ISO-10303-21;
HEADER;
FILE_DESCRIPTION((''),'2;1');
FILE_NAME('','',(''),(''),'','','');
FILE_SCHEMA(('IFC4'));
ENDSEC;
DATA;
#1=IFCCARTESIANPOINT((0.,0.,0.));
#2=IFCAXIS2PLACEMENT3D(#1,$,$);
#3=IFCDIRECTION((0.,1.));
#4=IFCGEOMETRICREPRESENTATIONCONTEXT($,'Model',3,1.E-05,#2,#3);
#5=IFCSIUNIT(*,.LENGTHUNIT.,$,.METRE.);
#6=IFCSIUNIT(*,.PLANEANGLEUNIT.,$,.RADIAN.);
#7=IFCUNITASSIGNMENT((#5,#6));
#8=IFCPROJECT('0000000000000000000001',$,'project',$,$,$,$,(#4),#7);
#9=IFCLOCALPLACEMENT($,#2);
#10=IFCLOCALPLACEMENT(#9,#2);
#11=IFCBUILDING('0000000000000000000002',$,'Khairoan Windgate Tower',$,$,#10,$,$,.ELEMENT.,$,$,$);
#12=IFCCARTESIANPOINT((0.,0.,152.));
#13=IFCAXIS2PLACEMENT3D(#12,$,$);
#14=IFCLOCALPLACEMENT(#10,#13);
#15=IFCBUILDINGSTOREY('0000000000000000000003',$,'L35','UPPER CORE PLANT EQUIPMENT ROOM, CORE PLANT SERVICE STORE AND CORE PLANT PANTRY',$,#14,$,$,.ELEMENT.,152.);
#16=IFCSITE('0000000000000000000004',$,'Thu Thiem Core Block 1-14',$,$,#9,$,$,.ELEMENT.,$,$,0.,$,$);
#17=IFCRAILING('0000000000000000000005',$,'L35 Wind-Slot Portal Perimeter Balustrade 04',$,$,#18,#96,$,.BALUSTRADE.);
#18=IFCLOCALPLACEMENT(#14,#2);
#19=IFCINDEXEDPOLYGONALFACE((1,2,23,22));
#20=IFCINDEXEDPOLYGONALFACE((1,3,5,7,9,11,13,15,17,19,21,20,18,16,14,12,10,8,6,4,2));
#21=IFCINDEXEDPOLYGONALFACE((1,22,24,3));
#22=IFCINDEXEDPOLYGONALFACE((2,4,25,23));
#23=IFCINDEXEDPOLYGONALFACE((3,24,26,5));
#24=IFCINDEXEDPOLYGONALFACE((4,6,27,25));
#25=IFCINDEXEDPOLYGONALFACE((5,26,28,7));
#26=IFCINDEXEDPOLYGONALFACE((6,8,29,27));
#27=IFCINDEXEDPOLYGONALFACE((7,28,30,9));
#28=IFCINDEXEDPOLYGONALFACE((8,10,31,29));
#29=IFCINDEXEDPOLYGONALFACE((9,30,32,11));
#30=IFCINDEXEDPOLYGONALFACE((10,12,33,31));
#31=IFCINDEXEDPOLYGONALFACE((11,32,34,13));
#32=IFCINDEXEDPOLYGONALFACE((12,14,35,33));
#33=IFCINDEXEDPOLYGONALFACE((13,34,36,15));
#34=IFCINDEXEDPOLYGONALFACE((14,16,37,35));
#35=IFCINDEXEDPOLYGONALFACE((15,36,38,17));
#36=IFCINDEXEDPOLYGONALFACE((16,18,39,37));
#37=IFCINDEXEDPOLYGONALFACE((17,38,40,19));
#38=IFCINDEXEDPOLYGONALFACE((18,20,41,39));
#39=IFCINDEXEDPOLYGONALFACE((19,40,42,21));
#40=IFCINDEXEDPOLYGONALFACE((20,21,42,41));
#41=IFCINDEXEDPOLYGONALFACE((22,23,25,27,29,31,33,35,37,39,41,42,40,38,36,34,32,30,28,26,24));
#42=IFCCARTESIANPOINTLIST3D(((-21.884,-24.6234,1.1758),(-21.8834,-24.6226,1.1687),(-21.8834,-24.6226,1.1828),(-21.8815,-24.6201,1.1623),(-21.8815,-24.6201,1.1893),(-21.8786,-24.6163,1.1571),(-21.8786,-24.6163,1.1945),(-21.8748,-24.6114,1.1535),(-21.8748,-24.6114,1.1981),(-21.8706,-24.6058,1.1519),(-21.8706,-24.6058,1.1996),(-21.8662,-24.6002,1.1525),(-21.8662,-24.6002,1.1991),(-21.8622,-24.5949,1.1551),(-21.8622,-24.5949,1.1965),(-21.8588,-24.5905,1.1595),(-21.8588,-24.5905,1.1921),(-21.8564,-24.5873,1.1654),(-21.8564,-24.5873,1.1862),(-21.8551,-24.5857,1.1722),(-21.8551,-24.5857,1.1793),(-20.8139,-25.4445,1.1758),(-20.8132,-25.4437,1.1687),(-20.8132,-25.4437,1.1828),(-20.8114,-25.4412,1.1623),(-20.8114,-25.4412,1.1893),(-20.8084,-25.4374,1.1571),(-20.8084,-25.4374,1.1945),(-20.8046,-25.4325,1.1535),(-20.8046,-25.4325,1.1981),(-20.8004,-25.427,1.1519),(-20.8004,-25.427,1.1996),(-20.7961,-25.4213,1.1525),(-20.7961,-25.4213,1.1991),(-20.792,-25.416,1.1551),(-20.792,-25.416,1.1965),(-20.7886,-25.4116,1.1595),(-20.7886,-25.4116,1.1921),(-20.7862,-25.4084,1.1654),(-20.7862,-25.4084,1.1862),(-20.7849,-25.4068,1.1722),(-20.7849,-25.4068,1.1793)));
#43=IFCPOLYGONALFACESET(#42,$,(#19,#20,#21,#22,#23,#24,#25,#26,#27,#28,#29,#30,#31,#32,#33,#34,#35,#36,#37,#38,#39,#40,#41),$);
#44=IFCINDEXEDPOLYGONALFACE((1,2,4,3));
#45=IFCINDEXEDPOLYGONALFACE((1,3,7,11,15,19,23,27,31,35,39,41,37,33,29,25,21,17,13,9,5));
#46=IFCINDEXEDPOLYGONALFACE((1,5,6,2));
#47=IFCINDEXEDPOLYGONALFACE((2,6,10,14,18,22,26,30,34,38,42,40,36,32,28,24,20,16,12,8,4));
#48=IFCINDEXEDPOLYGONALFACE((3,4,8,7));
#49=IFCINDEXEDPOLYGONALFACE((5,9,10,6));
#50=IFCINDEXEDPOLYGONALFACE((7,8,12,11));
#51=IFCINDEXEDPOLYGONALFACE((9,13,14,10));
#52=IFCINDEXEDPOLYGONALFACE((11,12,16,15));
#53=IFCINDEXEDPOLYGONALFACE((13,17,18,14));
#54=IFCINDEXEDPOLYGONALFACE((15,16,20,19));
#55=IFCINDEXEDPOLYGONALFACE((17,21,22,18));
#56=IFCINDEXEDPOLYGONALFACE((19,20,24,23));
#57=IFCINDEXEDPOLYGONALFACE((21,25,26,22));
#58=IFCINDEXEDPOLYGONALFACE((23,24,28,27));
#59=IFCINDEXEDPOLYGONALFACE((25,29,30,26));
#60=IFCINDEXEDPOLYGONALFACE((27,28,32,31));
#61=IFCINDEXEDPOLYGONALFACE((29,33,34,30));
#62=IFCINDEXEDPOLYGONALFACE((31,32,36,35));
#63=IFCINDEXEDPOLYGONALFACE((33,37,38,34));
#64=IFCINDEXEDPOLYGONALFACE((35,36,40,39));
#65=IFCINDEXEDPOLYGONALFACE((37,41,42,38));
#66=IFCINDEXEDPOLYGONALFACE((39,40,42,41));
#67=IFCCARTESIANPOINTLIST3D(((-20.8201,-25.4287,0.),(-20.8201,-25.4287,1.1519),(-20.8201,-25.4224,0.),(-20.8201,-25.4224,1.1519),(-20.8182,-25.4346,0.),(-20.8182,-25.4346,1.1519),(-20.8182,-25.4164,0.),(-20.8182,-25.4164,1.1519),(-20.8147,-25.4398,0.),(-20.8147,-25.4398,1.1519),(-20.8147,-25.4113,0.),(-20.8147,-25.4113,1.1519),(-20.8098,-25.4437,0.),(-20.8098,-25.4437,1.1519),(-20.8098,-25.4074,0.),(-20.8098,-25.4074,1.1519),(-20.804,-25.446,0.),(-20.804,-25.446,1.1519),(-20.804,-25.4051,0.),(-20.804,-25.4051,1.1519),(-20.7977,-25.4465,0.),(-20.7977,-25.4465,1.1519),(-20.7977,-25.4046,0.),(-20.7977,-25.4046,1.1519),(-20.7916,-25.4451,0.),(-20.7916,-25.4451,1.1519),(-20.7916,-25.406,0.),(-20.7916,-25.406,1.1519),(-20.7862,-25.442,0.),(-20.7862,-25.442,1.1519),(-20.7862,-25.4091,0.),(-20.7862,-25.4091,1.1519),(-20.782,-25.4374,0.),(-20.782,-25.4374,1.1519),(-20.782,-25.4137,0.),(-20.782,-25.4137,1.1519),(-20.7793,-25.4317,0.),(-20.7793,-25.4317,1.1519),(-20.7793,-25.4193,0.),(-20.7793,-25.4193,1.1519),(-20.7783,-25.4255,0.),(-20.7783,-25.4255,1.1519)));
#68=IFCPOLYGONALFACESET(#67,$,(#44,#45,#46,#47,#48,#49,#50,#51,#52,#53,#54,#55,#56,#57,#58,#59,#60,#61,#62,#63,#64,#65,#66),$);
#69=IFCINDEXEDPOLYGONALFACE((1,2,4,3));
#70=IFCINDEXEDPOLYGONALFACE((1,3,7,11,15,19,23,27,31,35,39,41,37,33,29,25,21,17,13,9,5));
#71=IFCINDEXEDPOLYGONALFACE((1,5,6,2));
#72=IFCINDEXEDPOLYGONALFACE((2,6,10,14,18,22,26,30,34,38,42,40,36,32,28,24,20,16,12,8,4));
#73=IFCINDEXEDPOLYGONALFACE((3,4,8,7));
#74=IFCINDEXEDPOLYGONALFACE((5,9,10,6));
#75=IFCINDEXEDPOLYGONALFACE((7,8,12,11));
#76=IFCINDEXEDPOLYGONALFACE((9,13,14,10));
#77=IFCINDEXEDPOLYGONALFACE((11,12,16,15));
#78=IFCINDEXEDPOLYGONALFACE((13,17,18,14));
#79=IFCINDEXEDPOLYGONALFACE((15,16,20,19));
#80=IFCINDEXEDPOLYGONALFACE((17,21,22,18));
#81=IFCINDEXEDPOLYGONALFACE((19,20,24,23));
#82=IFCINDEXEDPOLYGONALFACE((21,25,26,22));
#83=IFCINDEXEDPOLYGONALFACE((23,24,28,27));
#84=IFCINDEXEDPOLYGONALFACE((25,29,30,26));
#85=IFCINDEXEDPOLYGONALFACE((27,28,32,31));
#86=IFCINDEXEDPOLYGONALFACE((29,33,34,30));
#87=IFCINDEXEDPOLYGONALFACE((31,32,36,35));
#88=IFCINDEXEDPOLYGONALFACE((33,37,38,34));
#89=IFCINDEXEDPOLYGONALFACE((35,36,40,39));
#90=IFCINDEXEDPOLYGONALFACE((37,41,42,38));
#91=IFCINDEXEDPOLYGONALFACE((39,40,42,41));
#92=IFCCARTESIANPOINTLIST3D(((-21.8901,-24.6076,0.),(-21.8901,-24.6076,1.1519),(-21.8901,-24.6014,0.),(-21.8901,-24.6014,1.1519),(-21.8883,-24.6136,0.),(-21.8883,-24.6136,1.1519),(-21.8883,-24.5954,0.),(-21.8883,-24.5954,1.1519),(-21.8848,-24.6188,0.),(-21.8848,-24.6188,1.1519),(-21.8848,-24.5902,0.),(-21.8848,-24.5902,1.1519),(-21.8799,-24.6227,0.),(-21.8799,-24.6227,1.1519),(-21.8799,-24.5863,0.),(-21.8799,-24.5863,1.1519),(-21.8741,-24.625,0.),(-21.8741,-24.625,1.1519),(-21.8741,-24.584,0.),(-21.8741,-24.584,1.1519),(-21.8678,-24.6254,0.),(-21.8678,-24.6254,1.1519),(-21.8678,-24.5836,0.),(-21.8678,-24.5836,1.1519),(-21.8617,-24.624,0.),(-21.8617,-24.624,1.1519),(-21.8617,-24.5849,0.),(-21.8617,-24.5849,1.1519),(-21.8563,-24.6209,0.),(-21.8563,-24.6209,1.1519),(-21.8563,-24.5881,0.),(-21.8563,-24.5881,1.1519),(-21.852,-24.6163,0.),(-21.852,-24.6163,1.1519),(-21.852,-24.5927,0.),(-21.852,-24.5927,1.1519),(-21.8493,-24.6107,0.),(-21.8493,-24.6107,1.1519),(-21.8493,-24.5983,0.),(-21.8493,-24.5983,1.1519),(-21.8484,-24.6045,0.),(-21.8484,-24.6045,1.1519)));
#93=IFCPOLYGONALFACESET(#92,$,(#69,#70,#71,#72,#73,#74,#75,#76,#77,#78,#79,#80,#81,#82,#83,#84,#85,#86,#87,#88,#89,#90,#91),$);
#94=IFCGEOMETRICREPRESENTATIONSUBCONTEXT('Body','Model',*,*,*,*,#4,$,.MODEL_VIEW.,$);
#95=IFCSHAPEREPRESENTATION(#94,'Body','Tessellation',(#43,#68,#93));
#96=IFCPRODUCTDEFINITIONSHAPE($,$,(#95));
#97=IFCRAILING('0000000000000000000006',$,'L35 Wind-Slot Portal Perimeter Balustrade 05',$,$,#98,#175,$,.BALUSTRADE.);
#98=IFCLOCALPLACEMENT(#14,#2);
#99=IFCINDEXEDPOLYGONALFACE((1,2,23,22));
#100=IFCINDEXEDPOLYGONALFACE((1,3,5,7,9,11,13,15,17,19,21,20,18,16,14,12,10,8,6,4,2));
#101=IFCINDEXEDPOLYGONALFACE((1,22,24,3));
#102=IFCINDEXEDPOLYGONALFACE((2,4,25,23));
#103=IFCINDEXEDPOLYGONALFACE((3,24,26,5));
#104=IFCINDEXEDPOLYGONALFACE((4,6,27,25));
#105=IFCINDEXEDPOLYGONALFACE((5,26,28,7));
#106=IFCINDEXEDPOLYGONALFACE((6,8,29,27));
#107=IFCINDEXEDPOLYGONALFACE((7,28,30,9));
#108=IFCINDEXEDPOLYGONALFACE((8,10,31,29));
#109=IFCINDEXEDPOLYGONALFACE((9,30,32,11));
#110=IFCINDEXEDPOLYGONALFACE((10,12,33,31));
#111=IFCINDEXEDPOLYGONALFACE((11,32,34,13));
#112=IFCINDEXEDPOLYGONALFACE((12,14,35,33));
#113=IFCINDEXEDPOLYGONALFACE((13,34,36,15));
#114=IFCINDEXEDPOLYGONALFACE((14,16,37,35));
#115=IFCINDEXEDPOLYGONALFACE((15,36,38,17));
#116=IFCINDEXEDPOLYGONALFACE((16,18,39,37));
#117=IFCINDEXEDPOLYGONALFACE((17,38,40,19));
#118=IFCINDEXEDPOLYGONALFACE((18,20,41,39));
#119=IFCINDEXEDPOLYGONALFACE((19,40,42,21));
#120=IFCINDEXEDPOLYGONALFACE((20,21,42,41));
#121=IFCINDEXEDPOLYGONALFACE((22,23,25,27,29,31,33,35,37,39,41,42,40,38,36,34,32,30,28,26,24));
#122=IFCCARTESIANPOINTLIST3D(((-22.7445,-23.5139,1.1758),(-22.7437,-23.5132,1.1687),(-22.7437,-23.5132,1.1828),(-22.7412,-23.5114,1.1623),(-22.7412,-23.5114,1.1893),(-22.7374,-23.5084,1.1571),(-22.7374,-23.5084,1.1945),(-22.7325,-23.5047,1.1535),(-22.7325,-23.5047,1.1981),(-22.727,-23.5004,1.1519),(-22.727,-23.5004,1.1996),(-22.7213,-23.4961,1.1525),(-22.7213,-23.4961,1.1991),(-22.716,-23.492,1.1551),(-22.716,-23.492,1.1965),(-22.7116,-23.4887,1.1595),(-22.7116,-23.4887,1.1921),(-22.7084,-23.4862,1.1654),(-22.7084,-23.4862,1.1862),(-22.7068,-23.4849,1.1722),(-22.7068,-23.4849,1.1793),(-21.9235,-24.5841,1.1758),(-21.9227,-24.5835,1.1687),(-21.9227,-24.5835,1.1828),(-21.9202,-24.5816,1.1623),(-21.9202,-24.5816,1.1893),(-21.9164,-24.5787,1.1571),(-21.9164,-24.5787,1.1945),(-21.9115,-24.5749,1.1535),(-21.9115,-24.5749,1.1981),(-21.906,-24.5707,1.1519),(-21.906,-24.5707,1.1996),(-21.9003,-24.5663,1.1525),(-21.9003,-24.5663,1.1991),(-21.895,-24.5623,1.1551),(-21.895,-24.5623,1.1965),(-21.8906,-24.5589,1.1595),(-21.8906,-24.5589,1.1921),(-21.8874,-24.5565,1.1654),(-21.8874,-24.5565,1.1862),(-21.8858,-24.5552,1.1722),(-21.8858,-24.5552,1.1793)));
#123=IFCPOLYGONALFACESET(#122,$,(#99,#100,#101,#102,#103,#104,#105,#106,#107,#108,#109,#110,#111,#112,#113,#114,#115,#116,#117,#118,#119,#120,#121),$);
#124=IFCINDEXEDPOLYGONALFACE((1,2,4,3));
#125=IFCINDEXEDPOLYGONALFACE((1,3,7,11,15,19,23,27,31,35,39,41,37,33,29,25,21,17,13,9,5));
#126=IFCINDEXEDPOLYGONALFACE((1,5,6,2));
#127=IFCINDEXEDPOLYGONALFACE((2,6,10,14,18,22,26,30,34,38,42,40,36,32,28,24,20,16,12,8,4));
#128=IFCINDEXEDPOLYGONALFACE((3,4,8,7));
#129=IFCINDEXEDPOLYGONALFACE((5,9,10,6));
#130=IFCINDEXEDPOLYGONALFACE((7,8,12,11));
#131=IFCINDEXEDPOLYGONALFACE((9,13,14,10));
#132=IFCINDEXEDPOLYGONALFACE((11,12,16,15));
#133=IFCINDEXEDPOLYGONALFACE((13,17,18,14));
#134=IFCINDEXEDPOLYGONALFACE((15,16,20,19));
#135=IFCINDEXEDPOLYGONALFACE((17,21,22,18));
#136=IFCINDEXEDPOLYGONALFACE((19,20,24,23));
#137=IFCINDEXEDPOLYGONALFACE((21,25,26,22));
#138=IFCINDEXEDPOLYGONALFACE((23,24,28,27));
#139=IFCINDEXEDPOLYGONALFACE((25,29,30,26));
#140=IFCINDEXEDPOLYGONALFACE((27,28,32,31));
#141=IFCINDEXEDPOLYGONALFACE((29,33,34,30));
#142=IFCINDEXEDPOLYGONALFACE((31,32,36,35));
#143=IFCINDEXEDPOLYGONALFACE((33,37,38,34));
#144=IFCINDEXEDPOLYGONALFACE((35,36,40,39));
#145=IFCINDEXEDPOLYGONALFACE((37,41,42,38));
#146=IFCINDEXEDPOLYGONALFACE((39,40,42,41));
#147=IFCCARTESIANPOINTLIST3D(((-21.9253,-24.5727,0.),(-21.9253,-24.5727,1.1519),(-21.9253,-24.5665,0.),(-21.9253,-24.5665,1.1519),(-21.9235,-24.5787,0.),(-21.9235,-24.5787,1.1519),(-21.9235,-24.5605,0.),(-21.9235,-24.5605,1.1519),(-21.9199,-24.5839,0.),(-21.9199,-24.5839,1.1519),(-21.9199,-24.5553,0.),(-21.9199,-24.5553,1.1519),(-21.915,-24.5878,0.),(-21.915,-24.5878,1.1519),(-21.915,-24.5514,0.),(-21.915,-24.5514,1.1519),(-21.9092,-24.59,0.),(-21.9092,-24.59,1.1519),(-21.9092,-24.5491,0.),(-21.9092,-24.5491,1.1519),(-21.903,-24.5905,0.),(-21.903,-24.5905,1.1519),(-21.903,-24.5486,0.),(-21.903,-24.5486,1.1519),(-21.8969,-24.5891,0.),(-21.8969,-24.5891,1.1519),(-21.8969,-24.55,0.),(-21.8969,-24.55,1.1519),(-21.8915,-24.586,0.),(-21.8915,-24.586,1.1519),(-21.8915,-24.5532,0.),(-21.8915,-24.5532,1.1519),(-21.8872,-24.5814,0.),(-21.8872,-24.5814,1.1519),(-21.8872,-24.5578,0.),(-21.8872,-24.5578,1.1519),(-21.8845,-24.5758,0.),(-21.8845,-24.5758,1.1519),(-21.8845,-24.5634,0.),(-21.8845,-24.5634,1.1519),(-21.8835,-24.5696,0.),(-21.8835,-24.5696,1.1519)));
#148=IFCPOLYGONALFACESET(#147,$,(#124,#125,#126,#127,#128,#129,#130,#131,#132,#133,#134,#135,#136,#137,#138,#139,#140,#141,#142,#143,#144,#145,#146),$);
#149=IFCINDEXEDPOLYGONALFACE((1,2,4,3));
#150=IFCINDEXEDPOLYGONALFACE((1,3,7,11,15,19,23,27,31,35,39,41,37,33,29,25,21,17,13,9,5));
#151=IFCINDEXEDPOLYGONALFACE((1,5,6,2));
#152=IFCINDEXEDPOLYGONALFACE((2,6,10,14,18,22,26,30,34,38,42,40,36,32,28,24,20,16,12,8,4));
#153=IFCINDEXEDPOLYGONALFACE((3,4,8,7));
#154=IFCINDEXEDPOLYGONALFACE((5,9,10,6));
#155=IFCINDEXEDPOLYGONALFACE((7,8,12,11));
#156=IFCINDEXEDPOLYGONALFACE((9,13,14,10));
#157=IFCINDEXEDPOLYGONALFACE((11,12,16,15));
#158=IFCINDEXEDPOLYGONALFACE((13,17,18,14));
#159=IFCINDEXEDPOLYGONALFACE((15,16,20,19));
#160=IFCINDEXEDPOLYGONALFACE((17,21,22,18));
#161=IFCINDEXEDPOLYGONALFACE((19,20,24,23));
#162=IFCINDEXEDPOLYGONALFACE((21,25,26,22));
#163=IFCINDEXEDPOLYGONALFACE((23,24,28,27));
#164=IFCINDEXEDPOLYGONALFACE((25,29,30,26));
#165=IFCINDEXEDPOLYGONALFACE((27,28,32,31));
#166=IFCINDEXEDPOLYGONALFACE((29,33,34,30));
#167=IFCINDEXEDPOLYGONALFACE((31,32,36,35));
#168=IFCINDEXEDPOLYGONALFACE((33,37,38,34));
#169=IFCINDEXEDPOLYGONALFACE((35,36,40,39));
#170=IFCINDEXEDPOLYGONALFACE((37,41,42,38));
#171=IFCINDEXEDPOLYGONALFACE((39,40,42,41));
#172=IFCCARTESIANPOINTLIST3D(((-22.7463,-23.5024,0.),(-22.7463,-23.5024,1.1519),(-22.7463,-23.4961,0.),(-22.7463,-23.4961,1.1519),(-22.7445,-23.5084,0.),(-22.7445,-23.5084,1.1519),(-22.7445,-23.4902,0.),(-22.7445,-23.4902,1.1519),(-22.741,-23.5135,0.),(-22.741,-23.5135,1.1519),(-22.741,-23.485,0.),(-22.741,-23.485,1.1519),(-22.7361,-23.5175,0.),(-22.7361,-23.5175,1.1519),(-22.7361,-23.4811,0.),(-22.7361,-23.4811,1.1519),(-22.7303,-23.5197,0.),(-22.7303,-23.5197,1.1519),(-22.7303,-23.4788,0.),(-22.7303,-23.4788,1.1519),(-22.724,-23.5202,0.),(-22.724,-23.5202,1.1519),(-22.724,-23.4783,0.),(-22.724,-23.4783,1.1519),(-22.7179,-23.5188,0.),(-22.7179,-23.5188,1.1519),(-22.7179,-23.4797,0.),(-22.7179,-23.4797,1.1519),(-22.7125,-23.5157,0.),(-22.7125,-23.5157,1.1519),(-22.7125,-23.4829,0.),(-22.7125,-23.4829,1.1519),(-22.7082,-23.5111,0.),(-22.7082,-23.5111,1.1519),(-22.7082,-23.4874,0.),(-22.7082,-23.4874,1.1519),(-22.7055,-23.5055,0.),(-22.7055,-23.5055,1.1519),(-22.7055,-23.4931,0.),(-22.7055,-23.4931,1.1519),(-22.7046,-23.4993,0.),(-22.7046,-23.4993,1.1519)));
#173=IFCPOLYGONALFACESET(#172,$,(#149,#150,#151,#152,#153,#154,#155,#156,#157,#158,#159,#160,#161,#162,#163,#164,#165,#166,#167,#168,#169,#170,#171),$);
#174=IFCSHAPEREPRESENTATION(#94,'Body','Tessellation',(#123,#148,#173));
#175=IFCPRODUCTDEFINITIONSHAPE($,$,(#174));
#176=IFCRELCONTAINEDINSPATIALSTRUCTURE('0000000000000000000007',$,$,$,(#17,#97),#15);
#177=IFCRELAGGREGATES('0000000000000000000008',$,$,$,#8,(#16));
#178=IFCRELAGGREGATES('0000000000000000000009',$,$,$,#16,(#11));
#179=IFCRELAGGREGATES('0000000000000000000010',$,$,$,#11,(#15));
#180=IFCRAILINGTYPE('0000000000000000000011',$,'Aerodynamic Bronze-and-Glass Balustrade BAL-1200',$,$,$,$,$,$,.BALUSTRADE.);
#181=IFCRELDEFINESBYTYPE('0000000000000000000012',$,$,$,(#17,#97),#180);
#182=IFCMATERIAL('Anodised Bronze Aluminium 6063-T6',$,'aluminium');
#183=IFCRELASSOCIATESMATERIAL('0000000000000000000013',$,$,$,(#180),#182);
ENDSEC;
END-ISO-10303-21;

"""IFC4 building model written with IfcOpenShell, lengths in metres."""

from ifc_helpers import new_model, si_unit, direction, frame, origin, origin_2d, place, context, subcontext, project, spatial, circle, extrude, material, type_object, element, save


model = new_model("IFC4")

# Units and contexts
model_context = context("Model", 3, precision=1e-05, world=origin(), true_north=direction((0.0, 1.0)))
body_context = subcontext(model_context, "Body", "Model", "MODEL_VIEW")
ifc_project = project(units=[si_unit("LENGTHUNIT", "METRE"), si_unit("PLANEANGLEUNIT", "RADIAN")], contexts=[model_context])

# Site, building, storey
site_placement = place(None, origin())
site = spatial("IfcSite", under=ifc_project, at=site_placement, Name="Thu Thiem Core Block 1-14", CompositionType="ELEMENT", RefElevation=0.0)
building_placement = place(site_placement, origin())
building = spatial("IfcBuilding", under=site, at=building_placement, Name="Khairoan Windgate Tower", CompositionType="ELEMENT")
storey_placement = place(building_placement, frame((0.0, 0.0, 152.0)))
storey = spatial("IfcBuildingStorey", under=building, at=storey_placement, Name="L35", Description="UPPER CORE PLANT EQUIPMENT ROOM, CORE PLANT SERVICE STORE AND CORE PLANT PANTRY", CompositionType="ELEMENT", Elevation=152.0)

# Railings
ifc_material_1 = material(Name="Anodised Bronze Aluminium 6063-T6", Category="aluminium")
railing_type = type_object("IfcRailingType", Name="Aerodynamic Bronze-and-Glass Balustrade BAL-1200", PredefinedType="BALUSTRADE", material=ifc_material_1)
railing_1_placement = place(storey_placement, frame((-20.7993, -25.4255, 0.0)))
element("IfcRailing", 1, at=railing_1_placement, inside=storey, type_object=railing_type, Name="L35 Wind-Slot Portal Perimeter Balustrade 04", PredefinedType="BALUSTRADE", context=body_context, shape_type="SweptSolid", body=[
    extrude(circle(Radius=0.0239, at=origin_2d()), frame((0.0, 0.0, 1.1758), z_axis=(-0.79337, 0.608739, 0.0), x_axis=(-0.608739, -0.79337, 0.0)), (0.0, 0.0, 1.0), 1.3489),
    extrude(circle(Radius=0.021, at=origin_2d()), origin(), (0.0, 0.0, 1.0), 1.1519),
    extrude(circle(Radius=0.021, at=origin_2d()), frame((-1.0701, 0.821, 0.0)), (0.0, 0.0, 1.0), 1.1519),
])
railing_2_placement = place(storey_placement, frame((-21.9045, -24.5696, 0.0)))
element("IfcRailing", 2, at=railing_2_placement, inside=storey, type_object=railing_type, Name="L35 Wind-Slot Portal Perimeter Balustrade 05", PredefinedType="BALUSTRADE", context=body_context, shape_type="SweptSolid", body=[
    extrude(circle(Radius=0.0239, at=origin_2d()), frame((0.0, 0.0, 1.1758), z_axis=(-0.608652, 0.793437, 0.0), x_axis=(-0.793437, -0.608652, 0.0)), (0.0, 0.0, 1.0), 1.3489),
    extrude(circle(Radius=0.021, at=origin_2d()), origin(), (0.0, 0.0, 1.0), 1.1519),
    extrude(circle(Radius=0.021, at=origin_2d()), frame((-0.821, 1.0703, 0.0)), (0.0, 0.0, 1.0), 1.1519),
])

save(model, "model.ifc")
